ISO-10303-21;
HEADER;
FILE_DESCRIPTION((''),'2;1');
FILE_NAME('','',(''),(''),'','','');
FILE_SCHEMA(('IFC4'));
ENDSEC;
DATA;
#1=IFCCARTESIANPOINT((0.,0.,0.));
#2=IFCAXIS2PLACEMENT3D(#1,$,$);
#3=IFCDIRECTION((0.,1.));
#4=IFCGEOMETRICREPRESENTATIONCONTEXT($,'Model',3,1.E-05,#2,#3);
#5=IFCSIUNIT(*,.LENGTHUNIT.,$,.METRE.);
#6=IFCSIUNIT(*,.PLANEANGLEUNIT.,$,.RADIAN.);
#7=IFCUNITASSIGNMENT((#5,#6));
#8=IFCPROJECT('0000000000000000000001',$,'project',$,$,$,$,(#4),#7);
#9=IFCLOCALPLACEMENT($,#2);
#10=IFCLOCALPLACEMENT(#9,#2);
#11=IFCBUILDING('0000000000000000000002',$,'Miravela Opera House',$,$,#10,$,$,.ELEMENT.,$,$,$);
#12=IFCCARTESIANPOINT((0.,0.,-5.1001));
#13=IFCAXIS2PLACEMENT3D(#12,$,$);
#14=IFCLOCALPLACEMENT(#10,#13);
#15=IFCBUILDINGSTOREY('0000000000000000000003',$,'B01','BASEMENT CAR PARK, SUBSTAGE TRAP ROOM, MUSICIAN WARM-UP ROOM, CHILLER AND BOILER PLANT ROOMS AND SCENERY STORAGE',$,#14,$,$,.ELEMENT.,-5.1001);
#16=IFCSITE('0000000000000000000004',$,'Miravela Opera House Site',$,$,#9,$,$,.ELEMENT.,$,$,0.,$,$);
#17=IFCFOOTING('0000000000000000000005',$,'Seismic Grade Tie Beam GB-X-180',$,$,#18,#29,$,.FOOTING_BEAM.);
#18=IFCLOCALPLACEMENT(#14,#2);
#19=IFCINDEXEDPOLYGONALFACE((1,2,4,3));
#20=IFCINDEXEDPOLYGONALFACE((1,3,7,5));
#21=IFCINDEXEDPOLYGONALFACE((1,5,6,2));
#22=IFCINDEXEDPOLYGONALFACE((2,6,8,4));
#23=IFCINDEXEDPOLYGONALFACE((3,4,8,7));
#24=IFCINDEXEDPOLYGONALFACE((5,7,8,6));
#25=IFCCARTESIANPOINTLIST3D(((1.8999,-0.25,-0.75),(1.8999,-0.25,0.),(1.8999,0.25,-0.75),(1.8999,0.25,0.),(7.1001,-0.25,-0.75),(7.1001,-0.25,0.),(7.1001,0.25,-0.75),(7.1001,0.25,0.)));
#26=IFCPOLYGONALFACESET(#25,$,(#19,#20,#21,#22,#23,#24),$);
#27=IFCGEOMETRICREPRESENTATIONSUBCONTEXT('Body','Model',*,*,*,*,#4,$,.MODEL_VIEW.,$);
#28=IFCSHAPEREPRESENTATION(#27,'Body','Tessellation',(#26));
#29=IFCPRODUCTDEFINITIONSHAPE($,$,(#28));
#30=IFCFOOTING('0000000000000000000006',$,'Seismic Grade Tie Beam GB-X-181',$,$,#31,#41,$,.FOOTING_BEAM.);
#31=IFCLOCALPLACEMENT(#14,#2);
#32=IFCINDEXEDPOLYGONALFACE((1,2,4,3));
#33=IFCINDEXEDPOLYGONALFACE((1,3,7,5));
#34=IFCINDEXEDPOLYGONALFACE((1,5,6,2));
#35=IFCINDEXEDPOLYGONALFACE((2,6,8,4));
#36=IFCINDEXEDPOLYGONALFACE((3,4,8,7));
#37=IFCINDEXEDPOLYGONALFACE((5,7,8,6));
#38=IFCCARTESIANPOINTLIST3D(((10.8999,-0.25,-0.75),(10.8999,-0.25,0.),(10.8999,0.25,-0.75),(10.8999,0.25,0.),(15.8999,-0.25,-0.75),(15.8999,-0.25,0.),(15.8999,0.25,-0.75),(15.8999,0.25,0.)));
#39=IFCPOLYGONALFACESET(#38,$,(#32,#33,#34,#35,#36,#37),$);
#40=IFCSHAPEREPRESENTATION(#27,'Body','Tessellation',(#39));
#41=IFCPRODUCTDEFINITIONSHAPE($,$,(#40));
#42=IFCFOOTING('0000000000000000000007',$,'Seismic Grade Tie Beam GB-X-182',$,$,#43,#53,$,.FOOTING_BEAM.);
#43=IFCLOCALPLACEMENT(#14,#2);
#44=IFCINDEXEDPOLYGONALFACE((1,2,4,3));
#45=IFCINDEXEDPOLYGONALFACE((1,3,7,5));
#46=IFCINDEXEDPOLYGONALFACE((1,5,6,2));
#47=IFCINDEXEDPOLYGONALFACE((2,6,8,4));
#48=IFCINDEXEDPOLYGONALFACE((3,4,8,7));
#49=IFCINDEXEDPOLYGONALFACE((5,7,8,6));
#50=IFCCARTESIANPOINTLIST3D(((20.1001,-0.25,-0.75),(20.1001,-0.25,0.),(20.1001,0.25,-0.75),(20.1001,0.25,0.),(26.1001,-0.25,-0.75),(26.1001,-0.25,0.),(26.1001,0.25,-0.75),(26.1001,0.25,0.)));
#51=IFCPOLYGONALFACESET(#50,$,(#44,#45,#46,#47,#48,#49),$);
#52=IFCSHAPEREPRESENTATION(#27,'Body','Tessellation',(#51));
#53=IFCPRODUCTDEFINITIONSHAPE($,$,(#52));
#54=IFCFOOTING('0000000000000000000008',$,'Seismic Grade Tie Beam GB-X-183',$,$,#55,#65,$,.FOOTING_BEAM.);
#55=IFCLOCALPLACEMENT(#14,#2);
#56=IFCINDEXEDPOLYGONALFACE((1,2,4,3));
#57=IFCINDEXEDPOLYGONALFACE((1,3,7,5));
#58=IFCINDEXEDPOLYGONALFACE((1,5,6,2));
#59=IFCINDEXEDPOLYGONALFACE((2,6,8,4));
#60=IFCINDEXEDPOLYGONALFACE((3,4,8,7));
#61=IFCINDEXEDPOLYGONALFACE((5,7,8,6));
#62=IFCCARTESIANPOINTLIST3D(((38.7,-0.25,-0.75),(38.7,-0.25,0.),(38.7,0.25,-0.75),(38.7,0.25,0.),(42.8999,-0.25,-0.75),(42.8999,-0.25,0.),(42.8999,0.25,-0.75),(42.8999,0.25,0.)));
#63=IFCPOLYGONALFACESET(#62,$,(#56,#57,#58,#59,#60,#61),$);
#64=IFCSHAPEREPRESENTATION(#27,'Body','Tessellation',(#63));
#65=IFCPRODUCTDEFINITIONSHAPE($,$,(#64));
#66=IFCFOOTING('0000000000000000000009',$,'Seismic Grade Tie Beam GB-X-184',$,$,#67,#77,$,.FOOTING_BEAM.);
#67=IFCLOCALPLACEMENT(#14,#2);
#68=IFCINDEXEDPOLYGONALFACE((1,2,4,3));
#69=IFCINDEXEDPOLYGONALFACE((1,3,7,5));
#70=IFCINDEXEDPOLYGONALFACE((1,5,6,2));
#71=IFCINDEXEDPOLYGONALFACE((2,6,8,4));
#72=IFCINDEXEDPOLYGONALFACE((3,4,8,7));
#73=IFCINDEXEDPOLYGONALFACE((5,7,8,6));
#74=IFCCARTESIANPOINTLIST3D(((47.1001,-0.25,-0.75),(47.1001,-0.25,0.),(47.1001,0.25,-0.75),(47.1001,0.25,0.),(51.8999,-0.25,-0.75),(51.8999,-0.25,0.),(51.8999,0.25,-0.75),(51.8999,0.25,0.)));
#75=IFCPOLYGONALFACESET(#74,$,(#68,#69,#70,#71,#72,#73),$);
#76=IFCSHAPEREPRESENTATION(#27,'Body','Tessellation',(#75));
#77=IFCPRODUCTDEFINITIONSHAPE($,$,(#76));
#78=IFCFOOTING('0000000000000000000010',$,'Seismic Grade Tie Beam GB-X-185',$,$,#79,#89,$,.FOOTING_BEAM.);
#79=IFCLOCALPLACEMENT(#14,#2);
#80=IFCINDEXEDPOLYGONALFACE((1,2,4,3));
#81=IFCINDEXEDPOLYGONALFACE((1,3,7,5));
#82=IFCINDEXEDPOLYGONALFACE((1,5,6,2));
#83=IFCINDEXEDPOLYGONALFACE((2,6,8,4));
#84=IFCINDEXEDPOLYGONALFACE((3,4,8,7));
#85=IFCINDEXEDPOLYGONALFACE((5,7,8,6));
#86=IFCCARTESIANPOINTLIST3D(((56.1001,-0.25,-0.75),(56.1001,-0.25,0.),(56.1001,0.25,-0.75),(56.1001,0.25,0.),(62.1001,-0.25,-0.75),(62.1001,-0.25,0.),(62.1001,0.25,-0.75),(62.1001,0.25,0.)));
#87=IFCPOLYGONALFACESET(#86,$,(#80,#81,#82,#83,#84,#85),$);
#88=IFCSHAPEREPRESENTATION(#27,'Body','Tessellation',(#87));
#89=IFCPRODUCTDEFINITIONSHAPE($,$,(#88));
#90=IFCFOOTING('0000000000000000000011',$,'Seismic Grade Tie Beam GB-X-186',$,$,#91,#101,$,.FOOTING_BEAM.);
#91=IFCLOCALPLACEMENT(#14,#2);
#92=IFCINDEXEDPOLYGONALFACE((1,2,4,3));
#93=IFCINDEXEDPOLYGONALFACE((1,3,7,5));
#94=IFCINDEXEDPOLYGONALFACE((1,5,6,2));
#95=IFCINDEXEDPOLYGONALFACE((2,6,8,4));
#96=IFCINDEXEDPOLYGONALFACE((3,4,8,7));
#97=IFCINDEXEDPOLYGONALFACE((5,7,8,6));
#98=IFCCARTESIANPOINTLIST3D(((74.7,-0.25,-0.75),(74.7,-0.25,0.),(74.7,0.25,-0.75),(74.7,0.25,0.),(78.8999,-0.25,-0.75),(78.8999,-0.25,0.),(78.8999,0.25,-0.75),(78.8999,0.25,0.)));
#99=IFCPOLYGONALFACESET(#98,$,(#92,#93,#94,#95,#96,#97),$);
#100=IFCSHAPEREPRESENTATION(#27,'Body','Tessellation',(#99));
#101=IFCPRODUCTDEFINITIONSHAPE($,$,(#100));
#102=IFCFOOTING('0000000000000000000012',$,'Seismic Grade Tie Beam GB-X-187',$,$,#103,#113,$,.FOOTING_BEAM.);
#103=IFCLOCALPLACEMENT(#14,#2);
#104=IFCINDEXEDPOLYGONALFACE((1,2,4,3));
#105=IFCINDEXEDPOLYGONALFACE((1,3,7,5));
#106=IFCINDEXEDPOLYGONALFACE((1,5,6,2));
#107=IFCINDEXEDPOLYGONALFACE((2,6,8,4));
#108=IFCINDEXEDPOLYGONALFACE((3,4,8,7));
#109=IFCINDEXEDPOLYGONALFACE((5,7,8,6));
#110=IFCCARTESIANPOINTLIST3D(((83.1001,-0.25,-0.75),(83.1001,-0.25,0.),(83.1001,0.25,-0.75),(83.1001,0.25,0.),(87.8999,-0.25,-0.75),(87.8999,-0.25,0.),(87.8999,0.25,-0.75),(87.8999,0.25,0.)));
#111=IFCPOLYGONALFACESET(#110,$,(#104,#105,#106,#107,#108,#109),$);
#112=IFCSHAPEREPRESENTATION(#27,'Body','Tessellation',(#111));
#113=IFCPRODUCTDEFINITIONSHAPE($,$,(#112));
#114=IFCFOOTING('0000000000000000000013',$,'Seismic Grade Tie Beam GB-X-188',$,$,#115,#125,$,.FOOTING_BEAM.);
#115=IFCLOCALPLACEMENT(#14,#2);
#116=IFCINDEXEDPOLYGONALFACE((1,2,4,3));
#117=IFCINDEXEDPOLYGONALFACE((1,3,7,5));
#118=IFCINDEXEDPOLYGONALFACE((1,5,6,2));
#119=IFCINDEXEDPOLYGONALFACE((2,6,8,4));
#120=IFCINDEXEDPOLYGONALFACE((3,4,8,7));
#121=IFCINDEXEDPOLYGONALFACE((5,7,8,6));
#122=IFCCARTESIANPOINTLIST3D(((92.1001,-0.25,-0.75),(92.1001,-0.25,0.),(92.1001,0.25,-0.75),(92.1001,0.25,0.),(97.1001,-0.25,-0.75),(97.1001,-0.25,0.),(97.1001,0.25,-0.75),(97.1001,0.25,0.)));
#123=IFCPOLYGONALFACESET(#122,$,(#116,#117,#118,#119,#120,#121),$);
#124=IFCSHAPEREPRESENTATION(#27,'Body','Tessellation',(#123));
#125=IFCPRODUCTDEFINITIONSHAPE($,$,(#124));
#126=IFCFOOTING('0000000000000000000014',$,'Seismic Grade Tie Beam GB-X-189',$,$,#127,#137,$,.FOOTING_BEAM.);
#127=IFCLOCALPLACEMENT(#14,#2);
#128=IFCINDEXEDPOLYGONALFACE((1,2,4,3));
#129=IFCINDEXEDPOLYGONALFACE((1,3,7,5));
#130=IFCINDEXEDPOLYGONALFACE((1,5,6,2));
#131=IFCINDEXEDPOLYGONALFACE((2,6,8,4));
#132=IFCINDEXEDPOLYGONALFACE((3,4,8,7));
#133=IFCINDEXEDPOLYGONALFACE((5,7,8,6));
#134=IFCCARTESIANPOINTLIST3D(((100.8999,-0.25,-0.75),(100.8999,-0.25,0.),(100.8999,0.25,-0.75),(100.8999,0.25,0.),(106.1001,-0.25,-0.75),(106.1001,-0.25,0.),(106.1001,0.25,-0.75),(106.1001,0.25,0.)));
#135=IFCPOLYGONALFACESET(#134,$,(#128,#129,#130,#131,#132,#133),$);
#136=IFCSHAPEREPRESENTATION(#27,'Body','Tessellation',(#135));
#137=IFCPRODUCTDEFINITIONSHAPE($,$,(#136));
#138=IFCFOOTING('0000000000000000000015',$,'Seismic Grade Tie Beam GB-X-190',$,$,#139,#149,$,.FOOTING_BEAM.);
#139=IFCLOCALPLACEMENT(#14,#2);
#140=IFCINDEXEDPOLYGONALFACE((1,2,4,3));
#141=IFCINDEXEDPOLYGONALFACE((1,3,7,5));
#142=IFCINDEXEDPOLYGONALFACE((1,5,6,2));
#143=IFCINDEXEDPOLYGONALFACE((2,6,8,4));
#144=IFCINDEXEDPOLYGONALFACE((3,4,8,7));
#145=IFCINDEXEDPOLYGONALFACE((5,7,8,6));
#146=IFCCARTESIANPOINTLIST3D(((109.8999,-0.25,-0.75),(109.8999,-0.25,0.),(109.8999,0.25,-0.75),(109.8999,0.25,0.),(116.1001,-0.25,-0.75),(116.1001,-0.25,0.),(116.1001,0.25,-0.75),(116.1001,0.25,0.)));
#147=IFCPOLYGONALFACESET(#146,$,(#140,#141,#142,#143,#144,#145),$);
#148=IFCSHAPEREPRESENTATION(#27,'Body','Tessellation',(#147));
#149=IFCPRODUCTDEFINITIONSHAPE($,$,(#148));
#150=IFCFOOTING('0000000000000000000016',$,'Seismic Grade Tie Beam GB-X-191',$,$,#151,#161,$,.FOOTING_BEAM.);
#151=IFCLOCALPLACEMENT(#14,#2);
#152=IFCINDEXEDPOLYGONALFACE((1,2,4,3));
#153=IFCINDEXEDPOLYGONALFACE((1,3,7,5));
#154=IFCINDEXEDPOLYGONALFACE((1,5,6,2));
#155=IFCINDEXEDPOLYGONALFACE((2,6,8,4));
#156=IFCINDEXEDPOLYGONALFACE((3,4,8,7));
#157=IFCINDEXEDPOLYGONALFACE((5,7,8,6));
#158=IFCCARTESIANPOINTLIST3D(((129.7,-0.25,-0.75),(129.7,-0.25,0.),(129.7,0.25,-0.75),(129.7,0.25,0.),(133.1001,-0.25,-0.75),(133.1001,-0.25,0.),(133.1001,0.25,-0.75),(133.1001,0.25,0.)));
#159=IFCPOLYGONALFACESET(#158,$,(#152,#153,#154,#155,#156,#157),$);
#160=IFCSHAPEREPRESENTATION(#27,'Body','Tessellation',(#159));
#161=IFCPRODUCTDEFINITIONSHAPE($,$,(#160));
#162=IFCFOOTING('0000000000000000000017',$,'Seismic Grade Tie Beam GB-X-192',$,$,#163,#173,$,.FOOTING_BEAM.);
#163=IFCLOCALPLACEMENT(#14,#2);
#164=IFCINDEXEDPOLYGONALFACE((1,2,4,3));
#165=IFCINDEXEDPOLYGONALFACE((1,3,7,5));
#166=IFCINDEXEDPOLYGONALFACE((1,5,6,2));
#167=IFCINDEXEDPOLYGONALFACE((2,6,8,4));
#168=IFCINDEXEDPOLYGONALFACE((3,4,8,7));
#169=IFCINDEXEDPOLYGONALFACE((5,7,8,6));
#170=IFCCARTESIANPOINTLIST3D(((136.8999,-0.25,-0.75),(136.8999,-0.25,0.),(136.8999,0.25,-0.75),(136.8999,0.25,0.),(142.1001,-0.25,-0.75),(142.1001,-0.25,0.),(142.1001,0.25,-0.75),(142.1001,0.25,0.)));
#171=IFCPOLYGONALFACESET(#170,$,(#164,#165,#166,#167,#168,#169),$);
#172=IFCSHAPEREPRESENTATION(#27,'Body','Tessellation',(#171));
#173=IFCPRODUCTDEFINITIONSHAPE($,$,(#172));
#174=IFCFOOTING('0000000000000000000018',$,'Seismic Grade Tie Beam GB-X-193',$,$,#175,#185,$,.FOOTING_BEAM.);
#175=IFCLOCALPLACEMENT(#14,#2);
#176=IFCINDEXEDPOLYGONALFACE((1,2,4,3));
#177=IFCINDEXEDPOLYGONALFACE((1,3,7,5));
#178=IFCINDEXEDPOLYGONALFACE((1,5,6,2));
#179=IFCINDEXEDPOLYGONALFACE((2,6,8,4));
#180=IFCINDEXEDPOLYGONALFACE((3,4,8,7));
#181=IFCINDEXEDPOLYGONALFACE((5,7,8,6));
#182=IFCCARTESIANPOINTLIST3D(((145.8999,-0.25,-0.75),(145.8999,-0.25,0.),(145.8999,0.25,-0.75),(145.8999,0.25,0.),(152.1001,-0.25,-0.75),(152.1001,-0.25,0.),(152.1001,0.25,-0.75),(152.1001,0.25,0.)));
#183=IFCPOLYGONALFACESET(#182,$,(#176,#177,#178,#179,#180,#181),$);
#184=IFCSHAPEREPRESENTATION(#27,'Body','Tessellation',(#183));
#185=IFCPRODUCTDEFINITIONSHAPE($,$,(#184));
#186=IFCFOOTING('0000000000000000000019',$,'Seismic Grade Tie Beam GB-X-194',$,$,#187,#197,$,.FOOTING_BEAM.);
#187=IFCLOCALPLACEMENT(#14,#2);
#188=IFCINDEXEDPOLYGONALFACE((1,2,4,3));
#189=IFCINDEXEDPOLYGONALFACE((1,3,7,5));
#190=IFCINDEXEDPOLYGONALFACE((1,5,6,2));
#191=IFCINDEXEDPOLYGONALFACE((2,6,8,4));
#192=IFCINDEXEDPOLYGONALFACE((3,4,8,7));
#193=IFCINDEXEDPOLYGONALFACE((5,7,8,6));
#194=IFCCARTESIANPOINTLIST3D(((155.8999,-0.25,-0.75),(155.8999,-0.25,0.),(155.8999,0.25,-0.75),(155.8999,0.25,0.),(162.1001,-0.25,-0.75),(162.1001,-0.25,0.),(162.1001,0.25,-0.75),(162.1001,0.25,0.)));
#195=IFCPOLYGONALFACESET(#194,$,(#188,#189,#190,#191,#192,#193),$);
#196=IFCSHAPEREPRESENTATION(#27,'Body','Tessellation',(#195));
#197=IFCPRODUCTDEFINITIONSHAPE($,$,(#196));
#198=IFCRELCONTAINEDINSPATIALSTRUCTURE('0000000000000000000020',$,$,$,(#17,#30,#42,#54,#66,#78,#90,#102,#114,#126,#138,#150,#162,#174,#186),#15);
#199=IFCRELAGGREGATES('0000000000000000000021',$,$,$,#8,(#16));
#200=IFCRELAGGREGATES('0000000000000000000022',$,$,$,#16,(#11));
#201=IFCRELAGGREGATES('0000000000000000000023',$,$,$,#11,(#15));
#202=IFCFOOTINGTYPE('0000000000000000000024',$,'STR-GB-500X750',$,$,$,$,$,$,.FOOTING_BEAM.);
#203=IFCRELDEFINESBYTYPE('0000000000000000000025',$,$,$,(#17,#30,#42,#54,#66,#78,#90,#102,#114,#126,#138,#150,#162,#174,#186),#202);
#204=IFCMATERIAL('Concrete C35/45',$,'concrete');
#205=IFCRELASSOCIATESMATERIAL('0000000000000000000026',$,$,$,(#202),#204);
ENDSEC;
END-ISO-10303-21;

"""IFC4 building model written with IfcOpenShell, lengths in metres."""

from ifc_helpers import new_model, si_unit, direction, frame, origin, place, context, subcontext, project, spatial, polyline, outline, extrude, material, type_object, element, save


model = new_model("IFC4")

# Units and contexts
model_context = context("Model", 3, precision=1e-05, world=origin(), true_north=direction((0.0, 1.0)))
body_context = subcontext(model_context, "Body", "Model", "MODEL_VIEW")
ifc_project = project(units=[si_unit("LENGTHUNIT", "METRE"), si_unit("PLANEANGLEUNIT", "RADIAN")], contexts=[model_context])

# Site, building, storey
site_placement = place(None, origin())
site = spatial("IfcSite", under=ifc_project, at=site_placement, Name="Miravela Opera House Site", CompositionType="ELEMENT", RefElevation=0.0)
building_placement = place(site_placement, origin())
building = spatial("IfcBuilding", under=site, at=building_placement, Name="Miravela Opera House", CompositionType="ELEMENT")
storey_placement = place(building_placement, frame((0.0, 0.0, -5.1001)))
storey = spatial("IfcBuildingStorey", under=building, at=storey_placement, Name="B01", Description="BASEMENT CAR PARK, SUBSTAGE TRAP ROOM, MUSICIAN WARM-UP ROOM, CHILLER AND BOILER PLANT ROOMS AND SCENERY STORAGE", CompositionType="ELEMENT", Elevation=-5.1001)

# Footings
ifc_material = material(Name="Concrete C35/45", Category="concrete")
footing_type_1 = type_object("IfcFootingType", Name="STR-GB-500X750", PredefinedType="FOOTING_BEAM", material=ifc_material)
footing_1_placement = place(storey_placement, frame((0.0, 0.0, -0.75)))
element("IfcFooting", 1, at=footing_1_placement, inside=storey, type_object=footing_type_1, Name="Seismic Grade Tie Beam GB-X-180", PredefinedType="FOOTING_BEAM", context=body_context, shape_type="SweptSolid", body=[
    extrude(outline(polyline([(1.8999, -0.25), (7.1001, -0.25), (7.1001, 0.25), (1.8999, 0.25), (1.8999, -0.25)])), origin(), (0.0, 0.0, 1.0), 0.75),
])
footing_2_placement = place(storey_placement, frame((0.0, 0.0, -0.75)))
element("IfcFooting", 2, at=footing_2_placement, inside=storey, type_object=footing_type_1, Name="Seismic Grade Tie Beam GB-X-181", PredefinedType="FOOTING_BEAM", context=body_context, shape_type="SweptSolid", body=[
    extrude(outline(polyline([(10.8999, -0.25), (15.8999, -0.25), (15.8999, 0.25), (10.8999, 0.25), (10.8999, -0.25)])), origin(), (0.0, 0.0, 1.0), 0.75),
])
footing_3_placement = place(storey_placement, frame((0.0, 0.0, -0.75)))
element("IfcFooting", 3, at=footing_3_placement, inside=storey, type_object=footing_type_1, Name="Seismic Grade Tie Beam GB-X-182", PredefinedType="FOOTING_BEAM", context=body_context, shape_type="SweptSolid", body=[
    extrude(outline(polyline([(20.1001, -0.25), (26.1001, -0.25), (26.1001, 0.25), (20.1001, 0.25), (20.1001, -0.25)])), origin(), (0.0, 0.0, 1.0), 0.75),
])
footing_4_placement = place(storey_placement, frame((0.0, 0.0, -0.75)))
element("IfcFooting", 4, at=footing_4_placement, inside=storey, type_object=footing_type_1, Name="Seismic Grade Tie Beam GB-X-183", PredefinedType="FOOTING_BEAM", context=body_context, shape_type="SweptSolid", body=[
    extrude(outline(polyline([(38.7, -0.25), (42.8999, -0.25), (42.8999, 0.25), (38.7, 0.25), (38.7, -0.25)])), origin(), (0.0, 0.0, 1.0), 0.75),
])
footing_5_placement = place(storey_placement, frame((0.0, 0.0, -0.75)))
element("IfcFooting", 5, at=footing_5_placement, inside=storey, type_object=footing_type_1, Name="Seismic Grade Tie Beam GB-X-184", PredefinedType="FOOTING_BEAM", context=body_context, shape_type="SweptSolid", body=[
    extrude(outline(polyline([(47.1001, -0.25), (51.8999, -0.25), (51.8999, 0.25), (47.1001, 0.25), (47.1001, -0.25)])), origin(), (0.0, 0.0, 1.0), 0.75),
])
footing_6_placement = place(storey_placement, frame((0.0, 0.0, -0.75)))
element("IfcFooting", 6, at=footing_6_placement, inside=storey, type_object=footing_type_1, Name="Seismic Grade Tie Beam GB-X-185", PredefinedType="FOOTING_BEAM", context=body_context, shape_type="SweptSolid", body=[
    extrude(outline(polyline([(56.1001, -0.25), (62.1001, -0.25), (62.1001, 0.25), (56.1001, 0.25), (56.1001, -0.25)])), origin(), (0.0, 0.0, 1.0), 0.75),
])
footing_7_placement = place(storey_placement, frame((0.0, 0.0, -0.75)))
element("IfcFooting", 7, at=footing_7_placement, inside=storey, type_object=footing_type_1, Name="Seismic Grade Tie Beam GB-X-186", PredefinedType="FOOTING_BEAM", context=body_context, shape_type="SweptSolid", body=[
    extrude(outline(polyline([(74.7, -0.25), (78.8999, -0.25), (78.8999, 0.25), (74.7, 0.25), (74.7, -0.25)])), origin(), (0.0, 0.0, 1.0), 0.75),
])
footing_8_placement = place(storey_placement, frame((0.0, 0.0, -0.75)))
element("IfcFooting", 8, at=footing_8_placement, inside=storey, type_object=footing_type_1, Name="Seismic Grade Tie Beam GB-X-187", PredefinedType="FOOTING_BEAM", context=body_context, shape_type="SweptSolid", body=[
    extrude(outline(polyline([(83.1001, -0.25), (87.8999, -0.25), (87.8999, 0.25), (83.1001, 0.25), (83.1001, -0.25)])), origin(), (0.0, 0.0, 1.0), 0.75),
])
footing_9_placement = place(storey_placement, frame((0.0, 0.0, -0.75)))
element("IfcFooting", 9, at=footing_9_placement, inside=storey, type_object=footing_type_1, Name="Seismic Grade Tie Beam GB-X-188", PredefinedType="FOOTING_BEAM", context=body_context, shape_type="SweptSolid", body=[
    extrude(outline(polyline([(92.1001, -0.25), (97.1001, -0.25), (97.1001, 0.25), (92.1001, 0.25), (92.1001, -0.25)])), origin(), (0.0, 0.0, 1.0), 0.75),
])
footing_10_placement = place(storey_placement, frame((0.0, 0.0, -0.75)))
element("IfcFooting", 10, at=footing_10_placement, inside=storey, type_object=footing_type_1, Name="Seismic Grade Tie Beam GB-X-189", PredefinedType="FOOTING_BEAM", context=body_context, shape_type="SweptSolid", body=[
    extrude(outline(polyline([(100.8999, -0.25), (106.1001, -0.25), (106.1001, 0.25), (100.8999, 0.25), (100.8999, -0.25)])), origin(), (0.0, 0.0, 1.0), 0.75),
])
footing_11_placement = place(storey_placement, frame((0.0, 0.0, -0.75)))
element("IfcFooting", 11, at=footing_11_placement, inside=storey, type_object=footing_type_1, Name="Seismic Grade Tie Beam GB-X-190", PredefinedType="FOOTING_BEAM", context=body_context, shape_type="SweptSolid", body=[
    extrude(outline(polyline([(109.8999, -0.25), (116.1001, -0.25), (116.1001, 0.25), (109.8999, 0.25), (109.8999, -0.25)])), origin(), (0.0, 0.0, 1.0), 0.75),
])
footing_12_placement = place(storey_placement, frame((0.0, 0.0, -0.75)))
element("IfcFooting", 12, at=footing_12_placement, inside=storey, type_object=footing_type_1, Name="Seismic Grade Tie Beam GB-X-191", PredefinedType="FOOTING_BEAM", context=body_context, shape_type="SweptSolid", body=[
    extrude(outline(polyline([(129.7, -0.25), (133.1001, -0.25), (133.1001, 0.25), (129.7, 0.25), (129.7, -0.25)])), origin(), (0.0, 0.0, 1.0), 0.75),
])
footing_13_placement = place(storey_placement, frame((0.0, 0.0, -0.75)))
element("IfcFooting", 13, at=footing_13_placement, inside=storey, type_object=footing_type_1, Name="Seismic Grade Tie Beam GB-X-192", PredefinedType="FOOTING_BEAM", context=body_context, shape_type="SweptSolid", body=[
    extrude(outline(polyline([(136.8999, -0.25), (142.1001, -0.25), (142.1001, 0.25), (136.8999, 0.25), (136.8999, -0.25)])), origin(), (0.0, 0.0, 1.0), 0.75),
])
footing_14_placement = place(storey_placement, frame((0.0, 0.0, -0.75)))
element("IfcFooting", 14, at=footing_14_placement, inside=storey, type_object=footing_type_1, Name="Seismic Grade Tie Beam GB-X-193", PredefinedType="FOOTING_BEAM", context=body_context, shape_type="SweptSolid", body=[
    extrude(outline(polyline([(145.8999, -0.25), (152.1001, -0.25), (152.1001, 0.25), (145.8999, 0.25), (145.8999, -0.25)])), origin(), (0.0, 0.0, 1.0), 0.75),
])
footing_15_placement = place(storey_placement, frame((0.0, 0.0, -0.75)))
element("IfcFooting", 15, at=footing_15_placement, inside=storey, type_object=footing_type_1, Name="Seismic Grade Tie Beam GB-X-194", PredefinedType="FOOTING_BEAM", context=body_context, shape_type="SweptSolid", body=[
    extrude(outline(polyline([(155.8999, -0.25), (162.1001, -0.25), (162.1001, 0.25), (155.8999, 0.25), (155.8999, -0.25)])), origin(), (0.0, 0.0, 1.0), 0.75),
])

save(model, "model.ifc")
